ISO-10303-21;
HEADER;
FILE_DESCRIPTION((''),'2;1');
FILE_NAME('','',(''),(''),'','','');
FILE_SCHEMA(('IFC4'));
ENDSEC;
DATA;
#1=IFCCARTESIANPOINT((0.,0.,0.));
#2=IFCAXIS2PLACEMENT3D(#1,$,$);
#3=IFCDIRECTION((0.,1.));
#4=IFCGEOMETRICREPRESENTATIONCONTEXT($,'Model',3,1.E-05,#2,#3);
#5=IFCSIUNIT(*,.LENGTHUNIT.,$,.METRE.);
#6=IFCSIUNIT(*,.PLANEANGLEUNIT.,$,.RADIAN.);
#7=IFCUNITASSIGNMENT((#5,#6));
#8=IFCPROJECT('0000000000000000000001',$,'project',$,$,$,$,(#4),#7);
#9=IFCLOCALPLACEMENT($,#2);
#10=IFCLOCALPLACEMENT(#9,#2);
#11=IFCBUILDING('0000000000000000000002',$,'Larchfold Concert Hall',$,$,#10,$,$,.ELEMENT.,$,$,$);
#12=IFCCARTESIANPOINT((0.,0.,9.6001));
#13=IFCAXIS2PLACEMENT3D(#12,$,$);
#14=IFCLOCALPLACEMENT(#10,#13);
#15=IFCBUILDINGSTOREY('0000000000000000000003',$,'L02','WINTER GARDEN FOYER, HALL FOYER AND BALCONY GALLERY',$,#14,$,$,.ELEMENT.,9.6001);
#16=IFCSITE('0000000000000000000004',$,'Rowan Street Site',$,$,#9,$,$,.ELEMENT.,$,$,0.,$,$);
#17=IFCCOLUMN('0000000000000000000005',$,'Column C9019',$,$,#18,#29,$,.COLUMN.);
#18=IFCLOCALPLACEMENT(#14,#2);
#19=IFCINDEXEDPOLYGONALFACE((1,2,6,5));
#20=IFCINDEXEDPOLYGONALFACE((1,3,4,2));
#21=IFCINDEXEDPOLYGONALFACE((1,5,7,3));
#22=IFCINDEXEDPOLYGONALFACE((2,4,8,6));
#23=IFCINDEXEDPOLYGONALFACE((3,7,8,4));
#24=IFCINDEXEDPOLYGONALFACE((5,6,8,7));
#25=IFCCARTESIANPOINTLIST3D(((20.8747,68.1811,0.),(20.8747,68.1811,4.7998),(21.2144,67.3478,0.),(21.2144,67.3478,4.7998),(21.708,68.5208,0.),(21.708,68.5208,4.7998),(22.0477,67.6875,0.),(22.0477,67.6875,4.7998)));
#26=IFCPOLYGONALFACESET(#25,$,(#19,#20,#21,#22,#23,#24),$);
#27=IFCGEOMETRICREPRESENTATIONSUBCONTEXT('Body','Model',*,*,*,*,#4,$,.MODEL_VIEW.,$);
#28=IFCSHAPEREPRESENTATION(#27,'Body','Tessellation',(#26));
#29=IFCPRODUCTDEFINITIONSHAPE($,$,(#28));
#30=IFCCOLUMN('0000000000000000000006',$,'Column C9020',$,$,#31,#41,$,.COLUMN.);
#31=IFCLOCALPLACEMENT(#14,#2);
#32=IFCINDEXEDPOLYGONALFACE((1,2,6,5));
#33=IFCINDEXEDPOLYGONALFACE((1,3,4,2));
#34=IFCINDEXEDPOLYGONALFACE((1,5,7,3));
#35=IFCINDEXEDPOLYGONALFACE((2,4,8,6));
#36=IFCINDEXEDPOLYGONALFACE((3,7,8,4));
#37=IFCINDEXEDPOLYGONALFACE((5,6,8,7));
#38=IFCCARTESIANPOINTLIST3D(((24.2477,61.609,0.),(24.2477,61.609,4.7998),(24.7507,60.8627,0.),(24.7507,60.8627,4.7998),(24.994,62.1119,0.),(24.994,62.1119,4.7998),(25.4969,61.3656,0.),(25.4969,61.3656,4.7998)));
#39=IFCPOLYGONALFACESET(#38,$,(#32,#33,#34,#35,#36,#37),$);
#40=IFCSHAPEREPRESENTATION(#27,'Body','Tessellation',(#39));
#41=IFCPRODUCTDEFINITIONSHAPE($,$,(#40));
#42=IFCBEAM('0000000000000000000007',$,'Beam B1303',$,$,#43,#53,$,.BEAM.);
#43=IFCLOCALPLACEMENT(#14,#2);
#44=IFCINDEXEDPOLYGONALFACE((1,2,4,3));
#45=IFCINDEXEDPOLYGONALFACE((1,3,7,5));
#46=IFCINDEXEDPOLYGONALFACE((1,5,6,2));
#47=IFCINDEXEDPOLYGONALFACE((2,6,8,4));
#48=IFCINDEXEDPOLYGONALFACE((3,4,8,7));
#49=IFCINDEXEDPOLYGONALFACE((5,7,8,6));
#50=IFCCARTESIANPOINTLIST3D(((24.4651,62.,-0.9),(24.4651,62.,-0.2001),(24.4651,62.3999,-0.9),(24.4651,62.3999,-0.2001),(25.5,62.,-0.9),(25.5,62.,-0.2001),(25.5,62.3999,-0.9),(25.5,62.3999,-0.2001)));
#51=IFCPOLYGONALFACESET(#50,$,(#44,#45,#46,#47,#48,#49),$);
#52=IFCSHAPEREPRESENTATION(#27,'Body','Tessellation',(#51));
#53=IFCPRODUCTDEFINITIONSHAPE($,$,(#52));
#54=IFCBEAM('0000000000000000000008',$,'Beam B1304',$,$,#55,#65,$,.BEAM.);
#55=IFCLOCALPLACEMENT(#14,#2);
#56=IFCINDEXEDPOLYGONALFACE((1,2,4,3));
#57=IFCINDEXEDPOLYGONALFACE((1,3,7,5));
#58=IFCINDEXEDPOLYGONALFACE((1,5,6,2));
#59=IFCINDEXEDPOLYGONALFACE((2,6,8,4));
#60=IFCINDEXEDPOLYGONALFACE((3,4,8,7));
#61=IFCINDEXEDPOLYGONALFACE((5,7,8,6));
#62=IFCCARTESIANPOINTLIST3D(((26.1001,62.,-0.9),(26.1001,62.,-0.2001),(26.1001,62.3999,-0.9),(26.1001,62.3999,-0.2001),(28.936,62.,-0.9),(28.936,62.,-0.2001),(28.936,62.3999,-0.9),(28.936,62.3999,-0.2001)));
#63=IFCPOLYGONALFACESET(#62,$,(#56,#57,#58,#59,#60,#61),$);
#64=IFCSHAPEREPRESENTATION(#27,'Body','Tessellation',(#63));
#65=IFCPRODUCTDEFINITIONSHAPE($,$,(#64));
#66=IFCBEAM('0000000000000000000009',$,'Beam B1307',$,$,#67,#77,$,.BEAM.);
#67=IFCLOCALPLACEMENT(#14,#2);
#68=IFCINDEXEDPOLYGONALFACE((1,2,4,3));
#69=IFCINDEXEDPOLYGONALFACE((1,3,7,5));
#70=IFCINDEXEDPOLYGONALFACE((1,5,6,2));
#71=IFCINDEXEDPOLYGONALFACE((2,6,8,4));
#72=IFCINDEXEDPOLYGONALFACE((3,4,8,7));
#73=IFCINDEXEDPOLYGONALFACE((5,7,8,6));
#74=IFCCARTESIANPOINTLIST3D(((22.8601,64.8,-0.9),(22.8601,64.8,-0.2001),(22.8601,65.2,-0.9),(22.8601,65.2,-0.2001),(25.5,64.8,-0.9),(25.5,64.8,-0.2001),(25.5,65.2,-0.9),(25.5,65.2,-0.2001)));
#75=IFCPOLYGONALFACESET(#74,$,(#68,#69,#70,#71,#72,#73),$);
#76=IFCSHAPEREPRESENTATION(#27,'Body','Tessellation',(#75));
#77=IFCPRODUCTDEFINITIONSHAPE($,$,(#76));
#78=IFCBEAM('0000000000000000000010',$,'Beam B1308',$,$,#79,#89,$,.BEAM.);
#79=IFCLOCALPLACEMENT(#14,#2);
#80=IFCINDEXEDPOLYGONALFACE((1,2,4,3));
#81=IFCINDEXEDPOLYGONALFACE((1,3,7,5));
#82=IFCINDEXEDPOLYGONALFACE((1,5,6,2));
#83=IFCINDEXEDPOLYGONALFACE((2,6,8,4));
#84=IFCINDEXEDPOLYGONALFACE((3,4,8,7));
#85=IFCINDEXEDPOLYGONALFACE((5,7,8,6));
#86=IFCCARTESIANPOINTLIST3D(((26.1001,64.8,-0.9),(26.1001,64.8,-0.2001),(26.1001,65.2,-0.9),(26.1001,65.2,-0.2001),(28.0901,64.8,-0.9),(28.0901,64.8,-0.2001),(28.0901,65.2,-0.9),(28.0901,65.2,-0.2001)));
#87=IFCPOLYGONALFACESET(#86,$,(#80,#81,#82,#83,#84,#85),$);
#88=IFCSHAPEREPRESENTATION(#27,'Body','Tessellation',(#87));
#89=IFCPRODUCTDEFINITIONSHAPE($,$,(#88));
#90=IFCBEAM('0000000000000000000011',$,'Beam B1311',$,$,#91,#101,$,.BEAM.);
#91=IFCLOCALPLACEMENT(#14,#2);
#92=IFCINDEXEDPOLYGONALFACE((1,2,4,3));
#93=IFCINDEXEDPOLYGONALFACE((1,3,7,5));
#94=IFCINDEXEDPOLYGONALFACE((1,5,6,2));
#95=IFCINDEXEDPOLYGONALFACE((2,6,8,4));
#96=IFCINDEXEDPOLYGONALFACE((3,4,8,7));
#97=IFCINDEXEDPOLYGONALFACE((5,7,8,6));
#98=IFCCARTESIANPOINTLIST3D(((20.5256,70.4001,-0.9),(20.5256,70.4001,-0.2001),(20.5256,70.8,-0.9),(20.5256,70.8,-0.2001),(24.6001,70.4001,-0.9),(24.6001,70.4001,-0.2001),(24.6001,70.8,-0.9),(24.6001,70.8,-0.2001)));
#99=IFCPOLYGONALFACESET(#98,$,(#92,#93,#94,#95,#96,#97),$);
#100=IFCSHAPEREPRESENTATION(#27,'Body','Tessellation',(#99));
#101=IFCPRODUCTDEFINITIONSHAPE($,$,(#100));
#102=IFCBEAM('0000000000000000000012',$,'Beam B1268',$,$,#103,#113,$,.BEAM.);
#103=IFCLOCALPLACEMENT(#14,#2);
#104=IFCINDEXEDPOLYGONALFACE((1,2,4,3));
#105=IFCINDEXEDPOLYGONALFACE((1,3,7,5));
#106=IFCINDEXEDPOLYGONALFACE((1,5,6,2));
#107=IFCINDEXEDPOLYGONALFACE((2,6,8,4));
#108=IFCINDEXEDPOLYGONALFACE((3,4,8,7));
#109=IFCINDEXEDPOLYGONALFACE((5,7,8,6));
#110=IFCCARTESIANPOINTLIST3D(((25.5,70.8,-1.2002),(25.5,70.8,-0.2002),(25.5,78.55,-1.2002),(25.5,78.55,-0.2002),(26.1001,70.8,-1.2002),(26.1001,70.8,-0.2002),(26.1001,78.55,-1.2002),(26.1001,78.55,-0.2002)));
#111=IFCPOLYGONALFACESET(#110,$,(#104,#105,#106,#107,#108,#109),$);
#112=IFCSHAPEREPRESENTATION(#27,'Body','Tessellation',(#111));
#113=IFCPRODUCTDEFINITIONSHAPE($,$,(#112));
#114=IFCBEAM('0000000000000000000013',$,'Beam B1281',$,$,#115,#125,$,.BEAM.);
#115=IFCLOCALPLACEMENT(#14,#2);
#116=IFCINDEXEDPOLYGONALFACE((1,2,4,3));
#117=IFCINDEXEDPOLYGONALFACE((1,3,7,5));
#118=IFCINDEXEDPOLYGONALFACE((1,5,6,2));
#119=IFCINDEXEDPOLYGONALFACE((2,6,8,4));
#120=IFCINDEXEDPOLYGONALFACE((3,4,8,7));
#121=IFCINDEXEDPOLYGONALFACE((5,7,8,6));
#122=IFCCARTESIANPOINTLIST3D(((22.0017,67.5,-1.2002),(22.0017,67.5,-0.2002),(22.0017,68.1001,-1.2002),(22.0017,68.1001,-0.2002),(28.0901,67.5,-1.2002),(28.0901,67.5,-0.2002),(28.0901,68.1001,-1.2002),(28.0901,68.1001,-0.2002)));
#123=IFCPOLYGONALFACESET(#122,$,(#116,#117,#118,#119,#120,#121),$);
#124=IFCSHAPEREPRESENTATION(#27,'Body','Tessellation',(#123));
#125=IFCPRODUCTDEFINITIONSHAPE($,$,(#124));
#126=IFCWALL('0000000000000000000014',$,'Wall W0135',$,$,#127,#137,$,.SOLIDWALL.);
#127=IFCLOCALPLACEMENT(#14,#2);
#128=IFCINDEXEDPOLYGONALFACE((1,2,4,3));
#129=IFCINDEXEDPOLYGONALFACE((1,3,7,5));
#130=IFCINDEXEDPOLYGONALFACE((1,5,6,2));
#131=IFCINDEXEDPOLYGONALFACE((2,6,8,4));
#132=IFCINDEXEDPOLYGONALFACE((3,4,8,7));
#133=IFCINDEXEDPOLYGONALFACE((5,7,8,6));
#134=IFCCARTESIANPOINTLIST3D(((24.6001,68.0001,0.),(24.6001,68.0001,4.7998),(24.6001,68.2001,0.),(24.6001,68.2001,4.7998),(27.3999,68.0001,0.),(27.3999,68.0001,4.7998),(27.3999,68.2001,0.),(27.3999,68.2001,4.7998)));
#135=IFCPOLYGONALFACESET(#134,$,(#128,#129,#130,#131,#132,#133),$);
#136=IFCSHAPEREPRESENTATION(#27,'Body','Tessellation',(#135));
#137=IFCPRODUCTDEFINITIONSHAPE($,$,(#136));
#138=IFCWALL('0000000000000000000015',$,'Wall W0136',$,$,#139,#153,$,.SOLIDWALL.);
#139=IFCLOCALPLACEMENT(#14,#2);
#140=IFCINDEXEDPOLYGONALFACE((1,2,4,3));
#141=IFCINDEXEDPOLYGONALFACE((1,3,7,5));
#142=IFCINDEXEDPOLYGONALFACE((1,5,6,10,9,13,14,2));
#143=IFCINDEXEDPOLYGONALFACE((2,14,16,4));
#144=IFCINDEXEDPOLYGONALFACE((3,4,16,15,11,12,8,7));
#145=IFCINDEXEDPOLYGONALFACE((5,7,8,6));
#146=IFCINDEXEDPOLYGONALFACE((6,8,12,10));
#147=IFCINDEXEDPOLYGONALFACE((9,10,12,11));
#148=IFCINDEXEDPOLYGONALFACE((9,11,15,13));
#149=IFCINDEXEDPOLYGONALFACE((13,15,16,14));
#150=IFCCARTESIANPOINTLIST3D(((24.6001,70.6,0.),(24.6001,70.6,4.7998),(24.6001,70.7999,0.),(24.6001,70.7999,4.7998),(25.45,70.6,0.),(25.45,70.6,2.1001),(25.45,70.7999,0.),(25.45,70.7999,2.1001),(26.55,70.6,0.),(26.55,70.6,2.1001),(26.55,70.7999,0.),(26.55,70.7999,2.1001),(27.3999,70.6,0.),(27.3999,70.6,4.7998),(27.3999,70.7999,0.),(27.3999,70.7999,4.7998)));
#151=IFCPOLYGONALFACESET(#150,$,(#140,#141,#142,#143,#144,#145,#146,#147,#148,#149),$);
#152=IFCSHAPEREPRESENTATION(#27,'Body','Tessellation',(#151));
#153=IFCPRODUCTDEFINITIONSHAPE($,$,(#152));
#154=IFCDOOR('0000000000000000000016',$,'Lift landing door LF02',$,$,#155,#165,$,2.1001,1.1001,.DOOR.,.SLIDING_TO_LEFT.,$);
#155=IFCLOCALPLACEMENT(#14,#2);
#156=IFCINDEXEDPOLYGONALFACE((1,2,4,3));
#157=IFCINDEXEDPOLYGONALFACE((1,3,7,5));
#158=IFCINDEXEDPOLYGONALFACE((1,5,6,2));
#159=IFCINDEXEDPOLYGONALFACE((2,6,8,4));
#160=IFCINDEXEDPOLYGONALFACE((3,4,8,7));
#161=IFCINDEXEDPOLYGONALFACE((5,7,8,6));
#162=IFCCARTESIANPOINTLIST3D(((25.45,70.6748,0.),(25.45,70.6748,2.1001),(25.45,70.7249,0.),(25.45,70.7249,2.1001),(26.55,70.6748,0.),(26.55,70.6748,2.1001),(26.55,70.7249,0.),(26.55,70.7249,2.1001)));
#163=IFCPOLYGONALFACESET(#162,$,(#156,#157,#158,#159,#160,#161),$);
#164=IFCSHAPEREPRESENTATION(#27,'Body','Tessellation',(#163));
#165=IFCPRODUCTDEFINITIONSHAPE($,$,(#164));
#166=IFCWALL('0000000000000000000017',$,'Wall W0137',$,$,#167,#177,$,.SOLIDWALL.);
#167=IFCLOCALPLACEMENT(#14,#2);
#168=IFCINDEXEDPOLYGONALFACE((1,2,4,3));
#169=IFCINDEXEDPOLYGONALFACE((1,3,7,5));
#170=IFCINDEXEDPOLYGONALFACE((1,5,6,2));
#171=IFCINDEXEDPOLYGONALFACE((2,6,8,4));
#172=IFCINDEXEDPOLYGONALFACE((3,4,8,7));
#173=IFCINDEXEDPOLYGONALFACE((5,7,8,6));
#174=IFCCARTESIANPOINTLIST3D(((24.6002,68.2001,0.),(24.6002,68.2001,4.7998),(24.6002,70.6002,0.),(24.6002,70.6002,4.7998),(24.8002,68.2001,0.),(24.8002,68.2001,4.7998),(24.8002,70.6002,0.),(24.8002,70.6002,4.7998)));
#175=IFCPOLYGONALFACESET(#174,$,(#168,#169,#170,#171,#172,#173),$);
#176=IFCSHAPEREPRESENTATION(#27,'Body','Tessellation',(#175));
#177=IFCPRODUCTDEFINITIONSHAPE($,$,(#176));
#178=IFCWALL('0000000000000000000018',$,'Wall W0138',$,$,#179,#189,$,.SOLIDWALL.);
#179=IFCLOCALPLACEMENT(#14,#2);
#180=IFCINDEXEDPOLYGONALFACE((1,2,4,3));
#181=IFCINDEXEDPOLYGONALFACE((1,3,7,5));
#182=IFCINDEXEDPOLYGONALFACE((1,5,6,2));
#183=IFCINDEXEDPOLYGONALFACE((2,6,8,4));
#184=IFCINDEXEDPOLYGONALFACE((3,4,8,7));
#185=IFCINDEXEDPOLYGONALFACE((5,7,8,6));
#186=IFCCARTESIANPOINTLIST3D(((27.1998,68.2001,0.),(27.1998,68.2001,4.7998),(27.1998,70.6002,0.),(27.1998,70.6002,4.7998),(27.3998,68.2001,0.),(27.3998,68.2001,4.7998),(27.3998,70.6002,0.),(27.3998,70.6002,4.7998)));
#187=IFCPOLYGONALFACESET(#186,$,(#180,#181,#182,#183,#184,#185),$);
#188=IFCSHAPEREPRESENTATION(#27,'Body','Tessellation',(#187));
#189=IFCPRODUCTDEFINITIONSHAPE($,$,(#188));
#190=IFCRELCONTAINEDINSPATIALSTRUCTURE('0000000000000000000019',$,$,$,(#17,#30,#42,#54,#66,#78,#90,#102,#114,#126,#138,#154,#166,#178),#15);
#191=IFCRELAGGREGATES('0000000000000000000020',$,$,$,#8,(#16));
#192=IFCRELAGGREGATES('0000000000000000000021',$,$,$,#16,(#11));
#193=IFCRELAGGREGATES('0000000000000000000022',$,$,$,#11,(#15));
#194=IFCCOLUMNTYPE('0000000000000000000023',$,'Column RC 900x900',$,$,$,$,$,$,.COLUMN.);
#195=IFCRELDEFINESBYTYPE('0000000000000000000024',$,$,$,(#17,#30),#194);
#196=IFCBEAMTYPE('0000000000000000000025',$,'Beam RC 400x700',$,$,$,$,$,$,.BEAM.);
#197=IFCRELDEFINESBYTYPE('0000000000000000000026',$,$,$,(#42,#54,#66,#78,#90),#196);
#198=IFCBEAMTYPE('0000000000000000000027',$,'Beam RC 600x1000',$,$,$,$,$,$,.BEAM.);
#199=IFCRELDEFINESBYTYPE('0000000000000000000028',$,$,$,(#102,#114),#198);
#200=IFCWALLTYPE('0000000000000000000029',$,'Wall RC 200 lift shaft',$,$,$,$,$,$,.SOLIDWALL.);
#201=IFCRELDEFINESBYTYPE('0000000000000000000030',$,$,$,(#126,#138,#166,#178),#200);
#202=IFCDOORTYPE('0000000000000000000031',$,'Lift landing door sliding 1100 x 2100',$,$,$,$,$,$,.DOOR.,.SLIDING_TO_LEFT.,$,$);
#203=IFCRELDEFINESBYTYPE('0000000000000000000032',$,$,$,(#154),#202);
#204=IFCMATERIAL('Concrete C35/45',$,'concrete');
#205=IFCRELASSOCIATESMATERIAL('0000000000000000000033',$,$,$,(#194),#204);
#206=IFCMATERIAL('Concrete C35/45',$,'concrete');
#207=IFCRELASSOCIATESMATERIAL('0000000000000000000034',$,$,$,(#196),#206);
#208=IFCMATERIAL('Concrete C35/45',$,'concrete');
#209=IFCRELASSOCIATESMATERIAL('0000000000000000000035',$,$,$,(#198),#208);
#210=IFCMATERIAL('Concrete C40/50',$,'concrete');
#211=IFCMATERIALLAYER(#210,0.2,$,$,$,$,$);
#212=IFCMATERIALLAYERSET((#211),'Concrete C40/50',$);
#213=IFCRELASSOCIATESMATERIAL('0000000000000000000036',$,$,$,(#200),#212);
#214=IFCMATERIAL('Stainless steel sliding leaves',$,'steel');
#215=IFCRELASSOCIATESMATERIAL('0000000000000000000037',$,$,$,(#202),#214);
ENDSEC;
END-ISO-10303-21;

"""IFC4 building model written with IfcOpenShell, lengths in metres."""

from ifc_helpers import new_model, si_unit, direction, frame, frame_2d, origin, origin_2d, place, context, subcontext, project, spatial, rectangle, extrude, material, layer, layer_set, material_profile, profile_set, type_object, element, fill, save


model = new_model("IFC4")

# Units and contexts
model_context = context("Model", 3, precision=1e-05, world=origin(), true_north=direction((0.0, 1.0)))
body_context = subcontext(model_context, "Body", "Model", "MODEL_VIEW")
ifc_project = project(units=[si_unit("LENGTHUNIT", "METRE"), si_unit("PLANEANGLEUNIT", "RADIAN")], contexts=[model_context])

# Site, building, storey
site_placement = place(None, origin())
site = spatial("IfcSite", under=ifc_project, at=site_placement, Name="Rowan Street Site", CompositionType="ELEMENT", RefElevation=0.0)
building_placement = place(site_placement, origin())
building = spatial("IfcBuilding", under=site, at=building_placement, Name="Larchfold Concert Hall", CompositionType="ELEMENT")
storey_placement = place(building_placement, frame((0.0, 0.0, 9.6001)))
storey = spatial("IfcBuildingStorey", under=building, at=storey_placement, Name="L02", Description="WINTER GARDEN FOYER, HALL FOYER AND BALCONY GALLERY", CompositionType="ELEMENT", Elevation=9.6001)

# Columns
ifc_material_1 = material(Name="Concrete C35/45", Category="concrete")
ifc_material_profile_1 = material_profile(ifc_material_1, rectangle(XDim=0.8999, YDim=0.8999, at=origin_2d()))
ifc_profile_set_1 = profile_set([ifc_material_profile_1], Name="Concrete C35/45")
column_type = type_object("IfcColumnType", Name="Column RC 900x900", PredefinedType="COLUMN", material=ifc_profile_set_1)
for number, where, z_axis, x_axis, name in (
    (1, (21.4612, 67.9343, 0.0), (0.0, 0.0, 1.0), (0.926014, 0.37749, 0.0), "Column C9019"),
    (2, (24.8723, 61.4873, 0.0), (0.0, 0.0, 1.0), (0.829253, 0.558874, 0.0), "Column C9020"),
):
    element("IfcColumn", number, at=place(storey_placement, frame(where, z_axis=z_axis, x_axis=x_axis)), inside=storey, type_object=column_type, Name=name, PredefinedType="COLUMN", context=body_context, shape_type="SweptSolid", body=[
        extrude(rectangle(XDim=0.8999, YDim=0.8999, at=origin_2d()), origin(), (0.0, 0.0, 1.0), 4.7998),
    ])

# Beams
ifc_material_2 = material(Name="Concrete C35/45", Category="concrete")
ifc_material_profile_2 = material_profile(ifc_material_2, rectangle(XDim=0.3999, YDim=0.7, at=origin_2d()))
ifc_profile_set_2 = profile_set([ifc_material_profile_2], Name="Concrete C35/45")
beam_type_1 = type_object("IfcBeamType", Name="Beam RC 400x700", PredefinedType="BEAM", material=ifc_profile_set_2)
beam_1_placement = place(storey_placement, frame((24.4651, 62.2, -0.55), z_axis=(1.0, 0.0, 0.0), x_axis=(0.0, 1.0, 0.0)))
element("IfcBeam", 3, at=beam_1_placement, inside=storey, type_object=beam_type_1, Name="Beam B1303", PredefinedType="BEAM", context=body_context, shape_type="SweptSolid", body=[
    extrude(rectangle(XDim=0.3999, YDim=0.7, at=origin_2d()), origin(), (0.0, 0.0, 1.0), 1.0349),
])
beam_2_placement = place(storey_placement, frame((26.1001, 62.2, -0.55), z_axis=(1.0, 0.0, 0.0), x_axis=(0.0, 1.0, 0.0)))
element("IfcBeam", 4, at=beam_2_placement, inside=storey, type_object=beam_type_1, Name="Beam B1304", PredefinedType="BEAM", context=body_context, shape_type="SweptSolid", body=[
    extrude(rectangle(XDim=0.3999, YDim=0.7, at=origin_2d()), origin(), (0.0, 0.0, 1.0), 2.8359),
])
beam_3_placement = place(storey_placement, frame((22.8601, 65.0, -0.55), z_axis=(1.0, 0.0, 0.0), x_axis=(0.0, 1.0, 0.0)))
element("IfcBeam", 5, at=beam_3_placement, inside=storey, type_object=beam_type_1, Name="Beam B1307", PredefinedType="BEAM", context=body_context, shape_type="SweptSolid", body=[
    extrude(rectangle(XDim=0.3999, YDim=0.7, at=origin_2d()), origin(), (0.0, 0.0, 1.0), 2.6399),
])
beam_4_placement = place(storey_placement, frame((26.1001, 65.0, -0.55), z_axis=(1.0, 0.0, 0.0), x_axis=(0.0, 1.0, 0.0)))
element("IfcBeam", 6, at=beam_4_placement, inside=storey, type_object=beam_type_1, Name="Beam B1308", PredefinedType="BEAM", context=body_context, shape_type="SweptSolid", body=[
    extrude(rectangle(XDim=0.3999, YDim=0.7, at=origin_2d()), origin(), (0.0, 0.0, 1.0), 1.99),
])
beam_5_placement = place(storey_placement, frame((20.5256, 70.6001, -0.55), z_axis=(1.0, 0.0, 0.0), x_axis=(0.0, 1.0, 0.0)))
element("IfcBeam", 7, at=beam_5_placement, inside=storey, type_object=beam_type_1, Name="Beam B1311", PredefinedType="BEAM", context=body_context, shape_type="SweptSolid", body=[
    extrude(rectangle(XDim=0.3999, YDim=0.7, at=origin_2d()), origin(), (0.0, 0.0, 1.0), 4.0745),
])
ifc_material_3 = material(Name="Concrete C35/45", Category="concrete")
ifc_material_profile_3 = material_profile(ifc_material_3, rectangle(XDim=0.6001, YDim=1.0, at=origin_2d()))
ifc_profile_set_3 = profile_set([ifc_material_profile_3], Name="Concrete C35/45")
beam_type_2 = type_object("IfcBeamType", Name="Beam RC 600x1000", PredefinedType="BEAM", material=ifc_profile_set_3)
beam_6_placement = place(storey_placement, frame((25.8, 70.8, -0.7002), z_axis=(0.0, 1.0, 0.0), x_axis=(-1.0, 0.0, 0.0)))
element("IfcBeam", 8, at=beam_6_placement, inside=storey, type_object=beam_type_2, Name="Beam B1268", PredefinedType="BEAM", context=body_context, shape_type="SweptSolid", body=[
    extrude(rectangle(XDim=0.6001, YDim=1.0, at=origin_2d()), origin(), (0.0, 0.0, 1.0), 7.75),
])
beam_7_placement = place(storey_placement, frame((22.0017, 67.8, -0.7002), z_axis=(1.0, 0.0, 0.0), x_axis=(0.0, 1.0, 0.0)))
element("IfcBeam", 9, at=beam_7_placement, inside=storey, type_object=beam_type_2, Name="Beam B1281", PredefinedType="BEAM", context=body_context, shape_type="SweptSolid", body=[
    extrude(rectangle(XDim=0.6001, YDim=1.0, at=origin_2d()), origin(), (0.0, 0.0, 1.0), 6.0884),
])

# Wall
ifc_material_4 = material(Name="Concrete C40/50", Category="concrete")
ifc_layer_1 = layer(ifc_material_4, 0.2)
ifc_layer_set_1 = layer_set([ifc_layer_1], Name="Concrete C40/50")
wall_type_1 = type_object("IfcWallType", Name="Wall RC 200 lift shaft", PredefinedType="SOLIDWALL", material=ifc_layer_set_1)
wall_1_placement = place(storey_placement, frame((24.6001, 68.1001, 0.0), z_axis=(0.0, 0.0, 1.0), x_axis=(1.0, 0.0, 0.0)))
element("IfcWall", 10, at=wall_1_placement, inside=storey, type_object=wall_type_1, Name="Wall W0135", PredefinedType="SOLIDWALL", context=body_context, shape_type="SweptSolid", body=[
    extrude(rectangle(XDim=2.7998, YDim=0.2, at=frame_2d((1.3999, 0.0))), origin(), (0.0, 0.0, 1.0), 4.7998),
])

# Wall, opening, door
wall_2_placement = place(storey_placement, frame((24.6001, 70.7, 0.0), z_axis=(0.0, 0.0, 1.0), x_axis=(1.0, 0.0, 0.0)))
wall_2 = element("IfcWall", 11, at=wall_2_placement, inside=storey, type_object=wall_type_1, Name="Wall W0136", PredefinedType="SOLIDWALL", context=body_context, shape_type="SweptSolid", body=[
    extrude(rectangle(XDim=2.7998, YDim=0.2, at=frame_2d((1.3999, 0.0))), origin(), (0.0, 0.0, 1.0), 4.7998),
])
opening_placement = place(wall_2_placement, frame((0.8499, 0.0, 0.0)))
opening = element("IfcOpeningElement", 12, at=opening_placement, cuts=wall_2, PredefinedType="OPENING", context=body_context, shape_type="SweptSolid", body=[
    extrude(rectangle(XDim=1.1001, YDim=2.1001, at=frame_2d((0.55, 1.05))), frame((0.0, 0.1099, 0.0), z_axis=(0.0, -1.0, 0.0), x_axis=(1.0, 0.0, 0.0)), (0.0, 0.0, 1.0), 0.22),
])
ifc_material_5 = material(Name="Stainless steel sliding leaves", Category="steel")
door_type = type_object("IfcDoorType", Name="Lift landing door sliding 1100 x 2100", OperationType="SLIDING_TO_LEFT", PredefinedType="DOOR", material=ifc_material_5)
door_placement = place(opening_placement, origin())
door = element("IfcDoor", 13, at=door_placement, inside=storey, type_object=door_type, Name="Lift landing door LF02", OperationType="SLIDING_TO_LEFT", OverallHeight=2.1001, OverallWidth=1.1001, PredefinedType="DOOR", context=body_context, shape_type="SweptSolid", body=[
    extrude(rectangle(XDim=1.1001, YDim=2.1001, at=frame_2d((0.55, 1.05))), frame((0.0, 0.0249, 0.0), z_axis=(0.0, -1.0, 0.0), x_axis=(1.0, 0.0, 0.0)), (0.0, 0.0, 1.0), 0.05),
])
fill(opening, door)

# Walls
for number, where, z_axis, x_axis, name in (
    (14, (24.7002, 68.2, 0.0), (0.0, 0.0, 1.0), (0.0, 1.0, 0.0), "Wall W0137"),
    (15, (27.2998, 68.2, 0.0), (0.0, 0.0, 1.0), (0.0, 1.0, 0.0), "Wall W0138"),
):
    element("IfcWall", number, at=place(storey_placement, frame(where, z_axis=z_axis, x_axis=x_axis)), inside=storey, type_object=wall_type_1, Name=name, PredefinedType="SOLIDWALL", context=body_context, shape_type="SweptSolid", body=[
        extrude(rectangle(XDim=2.4001, YDim=0.2, at=frame_2d((1.2002, 0.0))), origin(), (0.0, 0.0, 1.0), 4.7998),
    ])

save(model, "model.ifc")
